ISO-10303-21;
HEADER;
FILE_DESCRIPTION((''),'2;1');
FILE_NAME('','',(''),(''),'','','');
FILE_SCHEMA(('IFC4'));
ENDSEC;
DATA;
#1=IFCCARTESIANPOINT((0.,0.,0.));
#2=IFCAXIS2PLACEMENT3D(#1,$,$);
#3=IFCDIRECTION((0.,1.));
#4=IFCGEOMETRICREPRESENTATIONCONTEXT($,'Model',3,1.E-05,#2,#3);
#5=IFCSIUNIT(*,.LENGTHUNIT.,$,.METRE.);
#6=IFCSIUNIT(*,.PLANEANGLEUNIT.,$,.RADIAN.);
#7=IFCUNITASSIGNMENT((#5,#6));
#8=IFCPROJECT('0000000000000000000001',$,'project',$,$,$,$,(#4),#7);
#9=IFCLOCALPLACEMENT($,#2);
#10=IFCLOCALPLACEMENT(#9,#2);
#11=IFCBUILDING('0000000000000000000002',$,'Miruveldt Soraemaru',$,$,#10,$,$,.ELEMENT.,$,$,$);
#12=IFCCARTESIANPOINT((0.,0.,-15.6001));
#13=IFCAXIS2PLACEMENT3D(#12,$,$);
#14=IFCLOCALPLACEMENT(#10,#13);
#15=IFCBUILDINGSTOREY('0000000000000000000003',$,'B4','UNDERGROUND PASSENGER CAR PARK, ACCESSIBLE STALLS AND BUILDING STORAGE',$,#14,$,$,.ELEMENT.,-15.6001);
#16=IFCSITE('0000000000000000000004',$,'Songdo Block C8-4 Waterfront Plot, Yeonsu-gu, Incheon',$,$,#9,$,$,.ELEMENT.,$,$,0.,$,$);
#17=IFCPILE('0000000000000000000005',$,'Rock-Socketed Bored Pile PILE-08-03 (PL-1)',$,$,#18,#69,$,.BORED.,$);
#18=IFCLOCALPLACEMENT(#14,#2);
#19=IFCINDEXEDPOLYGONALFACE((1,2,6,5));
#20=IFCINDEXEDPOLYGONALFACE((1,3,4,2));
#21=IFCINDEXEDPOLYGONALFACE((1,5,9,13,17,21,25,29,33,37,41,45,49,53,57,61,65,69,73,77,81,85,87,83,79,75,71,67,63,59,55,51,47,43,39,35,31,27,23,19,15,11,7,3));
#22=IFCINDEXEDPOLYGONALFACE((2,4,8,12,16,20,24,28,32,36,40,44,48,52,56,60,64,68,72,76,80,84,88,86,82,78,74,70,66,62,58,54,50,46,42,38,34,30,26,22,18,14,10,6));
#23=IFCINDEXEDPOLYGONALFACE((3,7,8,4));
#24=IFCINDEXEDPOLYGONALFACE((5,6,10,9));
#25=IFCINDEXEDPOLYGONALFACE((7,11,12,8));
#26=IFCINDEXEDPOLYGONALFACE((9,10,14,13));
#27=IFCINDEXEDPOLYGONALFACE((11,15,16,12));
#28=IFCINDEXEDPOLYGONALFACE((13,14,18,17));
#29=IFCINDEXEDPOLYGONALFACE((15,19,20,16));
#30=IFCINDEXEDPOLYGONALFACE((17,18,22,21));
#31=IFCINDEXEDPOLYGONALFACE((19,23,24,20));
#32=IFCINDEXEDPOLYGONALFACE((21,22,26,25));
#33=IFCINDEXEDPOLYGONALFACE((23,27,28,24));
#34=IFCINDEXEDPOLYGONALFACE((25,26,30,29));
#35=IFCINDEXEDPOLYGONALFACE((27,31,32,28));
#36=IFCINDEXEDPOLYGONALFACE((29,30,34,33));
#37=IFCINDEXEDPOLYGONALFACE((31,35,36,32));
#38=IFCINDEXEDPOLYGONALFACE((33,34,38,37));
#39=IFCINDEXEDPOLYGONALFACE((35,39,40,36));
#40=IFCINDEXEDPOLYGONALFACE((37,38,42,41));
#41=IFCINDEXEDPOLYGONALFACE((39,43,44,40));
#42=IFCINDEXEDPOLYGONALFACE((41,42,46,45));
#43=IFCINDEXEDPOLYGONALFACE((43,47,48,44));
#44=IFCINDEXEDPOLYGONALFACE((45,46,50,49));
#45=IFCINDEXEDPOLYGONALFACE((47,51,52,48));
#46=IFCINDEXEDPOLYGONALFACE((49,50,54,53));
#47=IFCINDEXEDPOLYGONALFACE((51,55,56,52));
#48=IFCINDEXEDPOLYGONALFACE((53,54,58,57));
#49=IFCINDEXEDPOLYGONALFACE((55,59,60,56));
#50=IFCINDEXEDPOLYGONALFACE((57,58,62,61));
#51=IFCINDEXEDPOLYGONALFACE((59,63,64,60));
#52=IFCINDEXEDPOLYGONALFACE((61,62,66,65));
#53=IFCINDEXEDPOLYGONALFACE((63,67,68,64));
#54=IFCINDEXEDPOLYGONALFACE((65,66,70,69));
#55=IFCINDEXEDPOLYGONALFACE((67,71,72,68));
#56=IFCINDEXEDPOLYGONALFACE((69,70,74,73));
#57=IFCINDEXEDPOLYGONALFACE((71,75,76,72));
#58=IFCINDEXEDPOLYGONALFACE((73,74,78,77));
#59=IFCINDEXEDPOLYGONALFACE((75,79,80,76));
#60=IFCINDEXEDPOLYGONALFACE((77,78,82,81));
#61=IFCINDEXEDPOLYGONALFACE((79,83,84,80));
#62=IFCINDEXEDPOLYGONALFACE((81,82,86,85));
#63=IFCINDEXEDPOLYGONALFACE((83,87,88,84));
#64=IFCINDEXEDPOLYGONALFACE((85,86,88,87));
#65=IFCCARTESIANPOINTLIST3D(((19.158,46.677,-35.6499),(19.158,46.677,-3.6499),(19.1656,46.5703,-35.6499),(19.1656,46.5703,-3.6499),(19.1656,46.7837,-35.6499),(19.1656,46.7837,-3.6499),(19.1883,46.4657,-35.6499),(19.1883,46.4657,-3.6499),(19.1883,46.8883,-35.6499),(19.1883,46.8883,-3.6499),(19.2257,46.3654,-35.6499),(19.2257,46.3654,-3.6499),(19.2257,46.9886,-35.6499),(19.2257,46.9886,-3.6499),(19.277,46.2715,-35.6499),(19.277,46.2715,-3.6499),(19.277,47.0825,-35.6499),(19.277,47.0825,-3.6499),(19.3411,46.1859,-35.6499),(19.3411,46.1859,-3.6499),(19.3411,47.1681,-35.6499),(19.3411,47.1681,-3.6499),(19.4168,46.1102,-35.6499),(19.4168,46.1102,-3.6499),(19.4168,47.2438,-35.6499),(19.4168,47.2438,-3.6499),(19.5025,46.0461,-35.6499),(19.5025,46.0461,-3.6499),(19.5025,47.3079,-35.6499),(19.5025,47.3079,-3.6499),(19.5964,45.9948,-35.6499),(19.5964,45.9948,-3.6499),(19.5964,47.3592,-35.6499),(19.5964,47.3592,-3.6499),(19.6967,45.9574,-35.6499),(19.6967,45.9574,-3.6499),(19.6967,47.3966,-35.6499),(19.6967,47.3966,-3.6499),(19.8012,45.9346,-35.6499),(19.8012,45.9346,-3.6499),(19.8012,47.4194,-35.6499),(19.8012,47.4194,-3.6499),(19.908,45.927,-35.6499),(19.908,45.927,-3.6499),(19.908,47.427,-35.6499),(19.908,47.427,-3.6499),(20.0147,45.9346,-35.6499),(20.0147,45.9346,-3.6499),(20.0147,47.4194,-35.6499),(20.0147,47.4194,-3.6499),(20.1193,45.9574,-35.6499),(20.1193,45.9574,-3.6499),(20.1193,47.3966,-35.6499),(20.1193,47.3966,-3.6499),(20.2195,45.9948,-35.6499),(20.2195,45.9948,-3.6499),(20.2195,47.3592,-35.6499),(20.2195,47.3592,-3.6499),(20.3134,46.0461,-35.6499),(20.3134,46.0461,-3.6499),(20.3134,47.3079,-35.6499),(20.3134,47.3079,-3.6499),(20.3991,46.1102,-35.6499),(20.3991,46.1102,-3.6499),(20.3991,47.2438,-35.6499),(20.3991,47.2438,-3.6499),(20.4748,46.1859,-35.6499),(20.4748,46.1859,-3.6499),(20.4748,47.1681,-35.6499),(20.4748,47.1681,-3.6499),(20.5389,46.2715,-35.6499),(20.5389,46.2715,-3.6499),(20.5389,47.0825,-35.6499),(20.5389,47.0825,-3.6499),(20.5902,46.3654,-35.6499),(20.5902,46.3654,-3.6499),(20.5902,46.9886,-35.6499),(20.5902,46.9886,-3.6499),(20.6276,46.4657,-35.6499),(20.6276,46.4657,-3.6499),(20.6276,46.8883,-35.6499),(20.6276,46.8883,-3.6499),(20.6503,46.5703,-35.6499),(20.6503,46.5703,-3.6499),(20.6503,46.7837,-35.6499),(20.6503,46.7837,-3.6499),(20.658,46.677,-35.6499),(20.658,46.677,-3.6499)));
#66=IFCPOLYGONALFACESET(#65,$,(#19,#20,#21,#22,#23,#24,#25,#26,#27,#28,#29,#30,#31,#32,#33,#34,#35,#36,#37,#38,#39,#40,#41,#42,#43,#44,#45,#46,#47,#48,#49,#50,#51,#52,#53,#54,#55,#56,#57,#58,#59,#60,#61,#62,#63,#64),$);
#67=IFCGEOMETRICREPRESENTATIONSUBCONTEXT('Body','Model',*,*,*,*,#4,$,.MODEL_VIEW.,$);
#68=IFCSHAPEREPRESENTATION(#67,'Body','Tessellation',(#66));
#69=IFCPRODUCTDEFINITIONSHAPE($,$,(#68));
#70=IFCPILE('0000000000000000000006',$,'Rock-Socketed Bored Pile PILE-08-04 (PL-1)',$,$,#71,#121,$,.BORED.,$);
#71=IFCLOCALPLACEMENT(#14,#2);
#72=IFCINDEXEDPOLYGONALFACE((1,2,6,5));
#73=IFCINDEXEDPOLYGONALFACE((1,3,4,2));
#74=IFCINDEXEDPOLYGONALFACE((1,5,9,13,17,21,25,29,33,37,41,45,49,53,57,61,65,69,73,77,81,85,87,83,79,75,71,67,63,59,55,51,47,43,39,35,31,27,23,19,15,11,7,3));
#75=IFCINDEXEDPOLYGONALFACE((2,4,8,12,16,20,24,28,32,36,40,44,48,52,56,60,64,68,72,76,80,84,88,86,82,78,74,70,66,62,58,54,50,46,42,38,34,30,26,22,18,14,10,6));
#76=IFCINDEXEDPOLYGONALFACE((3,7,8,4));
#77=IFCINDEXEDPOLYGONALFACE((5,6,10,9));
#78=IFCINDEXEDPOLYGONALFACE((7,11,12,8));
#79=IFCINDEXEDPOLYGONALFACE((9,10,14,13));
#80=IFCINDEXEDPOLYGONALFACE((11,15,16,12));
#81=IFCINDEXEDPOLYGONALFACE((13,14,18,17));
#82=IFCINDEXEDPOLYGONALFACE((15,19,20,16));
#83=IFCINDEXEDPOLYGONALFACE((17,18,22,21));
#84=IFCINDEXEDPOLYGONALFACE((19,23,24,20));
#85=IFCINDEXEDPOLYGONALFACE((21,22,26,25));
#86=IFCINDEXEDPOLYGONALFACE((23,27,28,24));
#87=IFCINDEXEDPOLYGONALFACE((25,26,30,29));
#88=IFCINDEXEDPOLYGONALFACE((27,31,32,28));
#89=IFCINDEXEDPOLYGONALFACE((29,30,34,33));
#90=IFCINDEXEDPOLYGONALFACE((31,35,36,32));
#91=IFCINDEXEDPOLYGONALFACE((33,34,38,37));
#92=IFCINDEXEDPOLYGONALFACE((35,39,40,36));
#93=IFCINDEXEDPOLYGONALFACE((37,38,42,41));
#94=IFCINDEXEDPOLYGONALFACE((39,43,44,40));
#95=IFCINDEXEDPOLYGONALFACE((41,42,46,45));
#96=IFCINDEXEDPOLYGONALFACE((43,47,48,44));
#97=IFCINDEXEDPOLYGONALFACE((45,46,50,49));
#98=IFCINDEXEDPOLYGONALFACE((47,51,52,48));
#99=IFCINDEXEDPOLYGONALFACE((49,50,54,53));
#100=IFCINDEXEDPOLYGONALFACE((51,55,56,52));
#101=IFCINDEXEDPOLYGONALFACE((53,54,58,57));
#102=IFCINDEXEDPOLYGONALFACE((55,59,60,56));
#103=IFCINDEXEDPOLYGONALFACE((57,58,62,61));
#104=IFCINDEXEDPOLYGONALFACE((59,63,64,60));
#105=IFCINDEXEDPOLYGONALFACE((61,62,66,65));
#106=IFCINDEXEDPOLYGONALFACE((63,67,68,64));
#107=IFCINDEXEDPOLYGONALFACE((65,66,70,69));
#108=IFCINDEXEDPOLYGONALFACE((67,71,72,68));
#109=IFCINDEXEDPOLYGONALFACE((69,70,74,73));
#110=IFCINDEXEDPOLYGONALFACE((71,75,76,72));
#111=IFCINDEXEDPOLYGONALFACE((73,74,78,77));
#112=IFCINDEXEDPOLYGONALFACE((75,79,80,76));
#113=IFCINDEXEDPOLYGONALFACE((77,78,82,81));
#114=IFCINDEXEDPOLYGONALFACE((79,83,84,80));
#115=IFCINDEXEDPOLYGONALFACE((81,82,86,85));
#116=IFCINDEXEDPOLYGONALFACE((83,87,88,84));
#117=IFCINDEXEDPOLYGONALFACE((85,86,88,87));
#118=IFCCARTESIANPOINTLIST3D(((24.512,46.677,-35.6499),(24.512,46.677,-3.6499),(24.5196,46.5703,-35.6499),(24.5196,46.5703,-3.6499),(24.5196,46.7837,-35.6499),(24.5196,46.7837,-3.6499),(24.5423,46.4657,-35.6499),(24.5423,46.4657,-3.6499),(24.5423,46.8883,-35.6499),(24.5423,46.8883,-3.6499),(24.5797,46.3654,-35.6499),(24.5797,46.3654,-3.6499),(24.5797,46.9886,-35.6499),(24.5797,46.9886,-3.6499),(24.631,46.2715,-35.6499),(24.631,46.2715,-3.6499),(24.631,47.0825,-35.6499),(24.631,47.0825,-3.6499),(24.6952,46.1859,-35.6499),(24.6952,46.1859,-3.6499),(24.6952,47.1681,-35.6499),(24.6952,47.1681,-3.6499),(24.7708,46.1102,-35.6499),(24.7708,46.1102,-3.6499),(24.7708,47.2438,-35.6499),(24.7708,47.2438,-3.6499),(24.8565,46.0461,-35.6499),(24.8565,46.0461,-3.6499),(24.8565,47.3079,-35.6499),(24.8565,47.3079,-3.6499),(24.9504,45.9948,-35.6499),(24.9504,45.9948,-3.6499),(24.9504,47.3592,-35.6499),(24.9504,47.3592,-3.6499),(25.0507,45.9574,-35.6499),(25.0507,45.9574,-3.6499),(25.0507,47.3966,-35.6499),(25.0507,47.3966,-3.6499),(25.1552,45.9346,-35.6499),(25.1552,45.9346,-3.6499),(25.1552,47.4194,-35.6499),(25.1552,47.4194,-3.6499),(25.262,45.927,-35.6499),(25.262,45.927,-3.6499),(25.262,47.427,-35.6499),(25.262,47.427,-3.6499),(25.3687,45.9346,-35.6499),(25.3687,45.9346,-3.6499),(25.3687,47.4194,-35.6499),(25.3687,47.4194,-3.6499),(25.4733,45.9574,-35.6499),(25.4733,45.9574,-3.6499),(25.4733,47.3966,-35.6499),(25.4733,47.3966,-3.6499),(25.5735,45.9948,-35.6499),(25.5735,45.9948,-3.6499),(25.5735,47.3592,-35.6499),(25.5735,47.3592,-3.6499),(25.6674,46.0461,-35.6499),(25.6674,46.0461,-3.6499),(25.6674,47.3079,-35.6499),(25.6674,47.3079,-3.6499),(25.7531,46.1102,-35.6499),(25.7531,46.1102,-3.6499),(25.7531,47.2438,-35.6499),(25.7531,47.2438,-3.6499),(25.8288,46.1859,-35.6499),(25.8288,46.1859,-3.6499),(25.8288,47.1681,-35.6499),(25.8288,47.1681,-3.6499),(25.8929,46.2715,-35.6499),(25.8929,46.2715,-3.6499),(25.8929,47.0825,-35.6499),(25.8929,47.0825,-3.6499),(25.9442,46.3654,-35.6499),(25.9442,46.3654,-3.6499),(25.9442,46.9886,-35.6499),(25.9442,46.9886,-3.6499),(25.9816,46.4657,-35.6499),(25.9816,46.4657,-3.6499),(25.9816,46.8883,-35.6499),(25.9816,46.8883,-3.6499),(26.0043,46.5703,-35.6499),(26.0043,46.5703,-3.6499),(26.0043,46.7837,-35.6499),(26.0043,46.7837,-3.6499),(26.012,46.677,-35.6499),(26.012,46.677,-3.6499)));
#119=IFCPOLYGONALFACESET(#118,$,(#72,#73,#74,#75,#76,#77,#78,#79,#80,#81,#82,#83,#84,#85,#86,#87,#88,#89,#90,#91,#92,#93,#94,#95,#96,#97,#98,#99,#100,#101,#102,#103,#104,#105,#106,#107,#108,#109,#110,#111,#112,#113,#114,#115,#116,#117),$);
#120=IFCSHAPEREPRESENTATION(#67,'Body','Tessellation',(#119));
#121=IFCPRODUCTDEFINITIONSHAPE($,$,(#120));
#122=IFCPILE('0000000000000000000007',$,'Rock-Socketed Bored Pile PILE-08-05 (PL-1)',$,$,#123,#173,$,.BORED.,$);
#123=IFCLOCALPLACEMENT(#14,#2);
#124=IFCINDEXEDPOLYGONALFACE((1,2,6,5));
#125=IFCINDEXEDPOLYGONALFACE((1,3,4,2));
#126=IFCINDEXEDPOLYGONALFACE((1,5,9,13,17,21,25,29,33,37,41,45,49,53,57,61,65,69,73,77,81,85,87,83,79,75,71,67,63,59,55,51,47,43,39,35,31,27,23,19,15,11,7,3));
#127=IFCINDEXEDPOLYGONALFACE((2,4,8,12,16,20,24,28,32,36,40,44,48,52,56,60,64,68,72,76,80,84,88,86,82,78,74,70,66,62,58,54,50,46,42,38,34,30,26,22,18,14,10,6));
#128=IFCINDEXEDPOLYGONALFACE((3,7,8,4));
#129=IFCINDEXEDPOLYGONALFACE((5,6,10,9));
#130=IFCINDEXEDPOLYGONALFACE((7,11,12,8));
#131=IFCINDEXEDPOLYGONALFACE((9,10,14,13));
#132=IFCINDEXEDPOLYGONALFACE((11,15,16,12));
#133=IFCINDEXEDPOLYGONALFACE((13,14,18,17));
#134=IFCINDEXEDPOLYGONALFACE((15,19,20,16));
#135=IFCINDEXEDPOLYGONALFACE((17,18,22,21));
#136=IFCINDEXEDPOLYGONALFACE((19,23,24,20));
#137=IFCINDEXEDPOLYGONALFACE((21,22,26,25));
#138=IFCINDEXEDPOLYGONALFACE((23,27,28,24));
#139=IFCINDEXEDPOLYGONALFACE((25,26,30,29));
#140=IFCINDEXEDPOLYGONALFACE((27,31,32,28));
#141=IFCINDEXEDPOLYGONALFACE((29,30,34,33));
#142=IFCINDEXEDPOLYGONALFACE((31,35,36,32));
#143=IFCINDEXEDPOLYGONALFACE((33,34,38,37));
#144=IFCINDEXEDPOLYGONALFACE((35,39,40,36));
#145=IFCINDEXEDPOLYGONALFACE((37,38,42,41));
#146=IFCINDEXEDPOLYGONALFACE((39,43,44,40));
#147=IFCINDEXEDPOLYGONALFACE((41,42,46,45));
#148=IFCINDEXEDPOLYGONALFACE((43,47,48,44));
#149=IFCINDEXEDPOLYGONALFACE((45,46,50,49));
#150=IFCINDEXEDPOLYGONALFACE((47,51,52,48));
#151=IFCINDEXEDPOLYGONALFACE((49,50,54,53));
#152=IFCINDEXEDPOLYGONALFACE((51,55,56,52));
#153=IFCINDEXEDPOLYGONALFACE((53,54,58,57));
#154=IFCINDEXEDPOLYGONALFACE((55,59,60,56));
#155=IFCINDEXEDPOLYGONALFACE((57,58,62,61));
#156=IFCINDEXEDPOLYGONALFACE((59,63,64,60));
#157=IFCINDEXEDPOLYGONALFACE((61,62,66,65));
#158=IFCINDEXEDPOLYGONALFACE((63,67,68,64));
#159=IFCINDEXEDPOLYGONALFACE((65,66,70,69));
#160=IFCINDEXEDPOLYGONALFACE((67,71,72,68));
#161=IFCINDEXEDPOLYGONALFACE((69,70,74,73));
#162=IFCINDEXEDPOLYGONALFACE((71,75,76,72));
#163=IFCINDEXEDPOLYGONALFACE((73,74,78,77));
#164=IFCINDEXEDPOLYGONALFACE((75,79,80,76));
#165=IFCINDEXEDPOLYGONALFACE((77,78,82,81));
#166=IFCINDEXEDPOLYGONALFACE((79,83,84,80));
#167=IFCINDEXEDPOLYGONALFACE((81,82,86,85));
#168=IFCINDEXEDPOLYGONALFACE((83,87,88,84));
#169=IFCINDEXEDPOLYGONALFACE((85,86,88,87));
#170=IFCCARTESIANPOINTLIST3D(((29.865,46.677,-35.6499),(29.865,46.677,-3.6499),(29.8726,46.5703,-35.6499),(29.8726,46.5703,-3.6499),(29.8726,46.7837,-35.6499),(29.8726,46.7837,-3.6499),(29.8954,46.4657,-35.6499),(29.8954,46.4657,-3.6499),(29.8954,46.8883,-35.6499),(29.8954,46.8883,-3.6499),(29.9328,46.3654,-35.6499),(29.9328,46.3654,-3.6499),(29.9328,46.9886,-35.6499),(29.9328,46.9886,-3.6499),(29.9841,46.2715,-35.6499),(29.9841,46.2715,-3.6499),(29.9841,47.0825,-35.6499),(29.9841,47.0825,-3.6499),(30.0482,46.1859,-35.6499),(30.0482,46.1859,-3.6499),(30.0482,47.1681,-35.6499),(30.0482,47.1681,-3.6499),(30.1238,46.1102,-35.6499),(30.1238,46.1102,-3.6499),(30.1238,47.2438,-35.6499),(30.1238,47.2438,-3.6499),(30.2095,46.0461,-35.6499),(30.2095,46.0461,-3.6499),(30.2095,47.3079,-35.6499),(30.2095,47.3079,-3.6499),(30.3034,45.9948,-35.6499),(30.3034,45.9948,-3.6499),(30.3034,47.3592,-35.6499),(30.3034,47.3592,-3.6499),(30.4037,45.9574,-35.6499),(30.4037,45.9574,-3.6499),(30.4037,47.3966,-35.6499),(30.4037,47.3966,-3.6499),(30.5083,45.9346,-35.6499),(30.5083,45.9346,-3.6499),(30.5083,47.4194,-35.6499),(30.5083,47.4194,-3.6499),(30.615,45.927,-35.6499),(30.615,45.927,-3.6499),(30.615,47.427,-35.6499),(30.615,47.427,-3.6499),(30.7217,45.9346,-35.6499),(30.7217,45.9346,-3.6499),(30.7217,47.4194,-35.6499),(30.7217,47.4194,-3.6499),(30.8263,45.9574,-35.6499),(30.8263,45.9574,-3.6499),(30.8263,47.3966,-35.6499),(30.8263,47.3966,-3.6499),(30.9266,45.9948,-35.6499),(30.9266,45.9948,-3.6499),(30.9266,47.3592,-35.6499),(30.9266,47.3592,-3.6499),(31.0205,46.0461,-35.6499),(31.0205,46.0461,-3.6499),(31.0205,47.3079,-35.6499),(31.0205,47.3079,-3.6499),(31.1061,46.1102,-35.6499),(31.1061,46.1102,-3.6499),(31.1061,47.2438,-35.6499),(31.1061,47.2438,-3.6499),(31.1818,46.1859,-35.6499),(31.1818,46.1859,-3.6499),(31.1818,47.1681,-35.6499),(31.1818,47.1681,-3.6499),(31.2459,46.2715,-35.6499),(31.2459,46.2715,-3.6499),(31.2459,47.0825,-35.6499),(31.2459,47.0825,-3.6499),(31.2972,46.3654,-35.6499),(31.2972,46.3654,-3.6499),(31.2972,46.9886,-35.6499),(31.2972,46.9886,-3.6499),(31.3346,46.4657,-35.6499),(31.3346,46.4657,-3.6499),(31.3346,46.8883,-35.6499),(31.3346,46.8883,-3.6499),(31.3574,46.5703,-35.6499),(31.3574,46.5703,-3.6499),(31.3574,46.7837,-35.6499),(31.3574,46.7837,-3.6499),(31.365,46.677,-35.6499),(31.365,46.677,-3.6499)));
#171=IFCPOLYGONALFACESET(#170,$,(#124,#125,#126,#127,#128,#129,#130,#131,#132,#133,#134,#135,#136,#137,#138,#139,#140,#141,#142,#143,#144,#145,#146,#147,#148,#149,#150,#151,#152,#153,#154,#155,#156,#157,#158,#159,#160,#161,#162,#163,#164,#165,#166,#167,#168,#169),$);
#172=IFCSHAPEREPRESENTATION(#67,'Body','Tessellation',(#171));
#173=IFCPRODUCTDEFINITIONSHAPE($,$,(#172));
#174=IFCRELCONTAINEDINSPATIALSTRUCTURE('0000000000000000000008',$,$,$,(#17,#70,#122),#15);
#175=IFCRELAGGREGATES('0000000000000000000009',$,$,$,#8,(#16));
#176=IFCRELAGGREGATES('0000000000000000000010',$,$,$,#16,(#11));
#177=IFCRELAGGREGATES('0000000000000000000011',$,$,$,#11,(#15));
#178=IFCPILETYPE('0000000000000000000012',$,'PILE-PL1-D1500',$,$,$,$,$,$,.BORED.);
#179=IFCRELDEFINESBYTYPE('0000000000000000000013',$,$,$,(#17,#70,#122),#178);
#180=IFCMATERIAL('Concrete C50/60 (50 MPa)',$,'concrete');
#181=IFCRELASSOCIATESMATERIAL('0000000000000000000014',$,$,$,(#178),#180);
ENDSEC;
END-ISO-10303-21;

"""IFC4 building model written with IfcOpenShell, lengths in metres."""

from ifc_helpers import new_model, si_unit, direction, frame, origin, origin_2d, place, context, subcontext, project, spatial, circle, extrude, material, material_profile, profile_set, type_object, element, save


model = new_model("IFC4")

# Units and contexts
model_context = context("Model", 3, precision=1e-05, world=origin(), true_north=direction((0.0, 1.0)))
body_context = subcontext(model_context, "Body", "Model", "MODEL_VIEW")
ifc_project = project(units=[si_unit("LENGTHUNIT", "METRE"), si_unit("PLANEANGLEUNIT", "RADIAN")], contexts=[model_context])

# Site, building, storey
site_placement = place(None, origin())
site = spatial("IfcSite", under=ifc_project, at=site_placement, Name="Songdo Block C8-4 Waterfront Plot, Yeonsu-gu, Incheon", CompositionType="ELEMENT", RefElevation=0.0)
building_placement = place(site_placement, origin())
building = spatial("IfcBuilding", under=site, at=building_placement, Name="Miruveldt Soraemaru", CompositionType="ELEMENT")
storey_placement = place(building_placement, frame((0.0, 0.0, -15.6001)))
storey = spatial("IfcBuildingStorey", under=building, at=storey_placement, Name="B4", Description="UNDERGROUND PASSENGER CAR PARK, ACCESSIBLE STALLS AND BUILDING STORAGE", CompositionType="ELEMENT", Elevation=-15.6001)

# Piles
ifc_material_1 = material(Name="Concrete C50/60 (50 MPa)", Category="concrete")
ifc_material_profile_1 = material_profile(ifc_material_1, circle(Radius=0.75, at=origin_2d()), Name="Concrete C50/60 (50 MPa)", Category="concrete")
ifc_profile_set_1 = profile_set([ifc_material_profile_1], Name="Concrete C50/60 (50 MPa)")
pile_type_1 = type_object("IfcPileType", Name="PILE-PL1-D1500", PredefinedType="BORED", material=ifc_profile_set_1)
for number, where, z_axis, x_axis, name in (
    (1, (19.908, 46.677, -3.6499), (0.0, 0.0, -1.0), (1.0, 0.0, 0.0), "Rock-Socketed Bored Pile PILE-08-03 (PL-1)"),
    (2, (25.262, 46.677, -3.6499), (0.0, 0.0, -1.0), (1.0, 0.0, 0.0), "Rock-Socketed Bored Pile PILE-08-04 (PL-1)"),
    (3, (30.615, 46.677, -3.6499), (0.0, 0.0, -1.0), (1.0, 0.0, 0.0), "Rock-Socketed Bored Pile PILE-08-05 (PL-1)"),
):
    element("IfcPile", number, at=place(storey_placement, frame(where, z_axis=z_axis, x_axis=x_axis)), inside=storey, type_object=pile_type_1, Name=name, PredefinedType="BORED", context=body_context, shape_type="SweptSolid", body=[
        extrude(circle(Radius=0.75, at=origin_2d()), origin(), (0.0, 0.0, 1.0), 32.0),
    ])

save(model, "model.ifc")
